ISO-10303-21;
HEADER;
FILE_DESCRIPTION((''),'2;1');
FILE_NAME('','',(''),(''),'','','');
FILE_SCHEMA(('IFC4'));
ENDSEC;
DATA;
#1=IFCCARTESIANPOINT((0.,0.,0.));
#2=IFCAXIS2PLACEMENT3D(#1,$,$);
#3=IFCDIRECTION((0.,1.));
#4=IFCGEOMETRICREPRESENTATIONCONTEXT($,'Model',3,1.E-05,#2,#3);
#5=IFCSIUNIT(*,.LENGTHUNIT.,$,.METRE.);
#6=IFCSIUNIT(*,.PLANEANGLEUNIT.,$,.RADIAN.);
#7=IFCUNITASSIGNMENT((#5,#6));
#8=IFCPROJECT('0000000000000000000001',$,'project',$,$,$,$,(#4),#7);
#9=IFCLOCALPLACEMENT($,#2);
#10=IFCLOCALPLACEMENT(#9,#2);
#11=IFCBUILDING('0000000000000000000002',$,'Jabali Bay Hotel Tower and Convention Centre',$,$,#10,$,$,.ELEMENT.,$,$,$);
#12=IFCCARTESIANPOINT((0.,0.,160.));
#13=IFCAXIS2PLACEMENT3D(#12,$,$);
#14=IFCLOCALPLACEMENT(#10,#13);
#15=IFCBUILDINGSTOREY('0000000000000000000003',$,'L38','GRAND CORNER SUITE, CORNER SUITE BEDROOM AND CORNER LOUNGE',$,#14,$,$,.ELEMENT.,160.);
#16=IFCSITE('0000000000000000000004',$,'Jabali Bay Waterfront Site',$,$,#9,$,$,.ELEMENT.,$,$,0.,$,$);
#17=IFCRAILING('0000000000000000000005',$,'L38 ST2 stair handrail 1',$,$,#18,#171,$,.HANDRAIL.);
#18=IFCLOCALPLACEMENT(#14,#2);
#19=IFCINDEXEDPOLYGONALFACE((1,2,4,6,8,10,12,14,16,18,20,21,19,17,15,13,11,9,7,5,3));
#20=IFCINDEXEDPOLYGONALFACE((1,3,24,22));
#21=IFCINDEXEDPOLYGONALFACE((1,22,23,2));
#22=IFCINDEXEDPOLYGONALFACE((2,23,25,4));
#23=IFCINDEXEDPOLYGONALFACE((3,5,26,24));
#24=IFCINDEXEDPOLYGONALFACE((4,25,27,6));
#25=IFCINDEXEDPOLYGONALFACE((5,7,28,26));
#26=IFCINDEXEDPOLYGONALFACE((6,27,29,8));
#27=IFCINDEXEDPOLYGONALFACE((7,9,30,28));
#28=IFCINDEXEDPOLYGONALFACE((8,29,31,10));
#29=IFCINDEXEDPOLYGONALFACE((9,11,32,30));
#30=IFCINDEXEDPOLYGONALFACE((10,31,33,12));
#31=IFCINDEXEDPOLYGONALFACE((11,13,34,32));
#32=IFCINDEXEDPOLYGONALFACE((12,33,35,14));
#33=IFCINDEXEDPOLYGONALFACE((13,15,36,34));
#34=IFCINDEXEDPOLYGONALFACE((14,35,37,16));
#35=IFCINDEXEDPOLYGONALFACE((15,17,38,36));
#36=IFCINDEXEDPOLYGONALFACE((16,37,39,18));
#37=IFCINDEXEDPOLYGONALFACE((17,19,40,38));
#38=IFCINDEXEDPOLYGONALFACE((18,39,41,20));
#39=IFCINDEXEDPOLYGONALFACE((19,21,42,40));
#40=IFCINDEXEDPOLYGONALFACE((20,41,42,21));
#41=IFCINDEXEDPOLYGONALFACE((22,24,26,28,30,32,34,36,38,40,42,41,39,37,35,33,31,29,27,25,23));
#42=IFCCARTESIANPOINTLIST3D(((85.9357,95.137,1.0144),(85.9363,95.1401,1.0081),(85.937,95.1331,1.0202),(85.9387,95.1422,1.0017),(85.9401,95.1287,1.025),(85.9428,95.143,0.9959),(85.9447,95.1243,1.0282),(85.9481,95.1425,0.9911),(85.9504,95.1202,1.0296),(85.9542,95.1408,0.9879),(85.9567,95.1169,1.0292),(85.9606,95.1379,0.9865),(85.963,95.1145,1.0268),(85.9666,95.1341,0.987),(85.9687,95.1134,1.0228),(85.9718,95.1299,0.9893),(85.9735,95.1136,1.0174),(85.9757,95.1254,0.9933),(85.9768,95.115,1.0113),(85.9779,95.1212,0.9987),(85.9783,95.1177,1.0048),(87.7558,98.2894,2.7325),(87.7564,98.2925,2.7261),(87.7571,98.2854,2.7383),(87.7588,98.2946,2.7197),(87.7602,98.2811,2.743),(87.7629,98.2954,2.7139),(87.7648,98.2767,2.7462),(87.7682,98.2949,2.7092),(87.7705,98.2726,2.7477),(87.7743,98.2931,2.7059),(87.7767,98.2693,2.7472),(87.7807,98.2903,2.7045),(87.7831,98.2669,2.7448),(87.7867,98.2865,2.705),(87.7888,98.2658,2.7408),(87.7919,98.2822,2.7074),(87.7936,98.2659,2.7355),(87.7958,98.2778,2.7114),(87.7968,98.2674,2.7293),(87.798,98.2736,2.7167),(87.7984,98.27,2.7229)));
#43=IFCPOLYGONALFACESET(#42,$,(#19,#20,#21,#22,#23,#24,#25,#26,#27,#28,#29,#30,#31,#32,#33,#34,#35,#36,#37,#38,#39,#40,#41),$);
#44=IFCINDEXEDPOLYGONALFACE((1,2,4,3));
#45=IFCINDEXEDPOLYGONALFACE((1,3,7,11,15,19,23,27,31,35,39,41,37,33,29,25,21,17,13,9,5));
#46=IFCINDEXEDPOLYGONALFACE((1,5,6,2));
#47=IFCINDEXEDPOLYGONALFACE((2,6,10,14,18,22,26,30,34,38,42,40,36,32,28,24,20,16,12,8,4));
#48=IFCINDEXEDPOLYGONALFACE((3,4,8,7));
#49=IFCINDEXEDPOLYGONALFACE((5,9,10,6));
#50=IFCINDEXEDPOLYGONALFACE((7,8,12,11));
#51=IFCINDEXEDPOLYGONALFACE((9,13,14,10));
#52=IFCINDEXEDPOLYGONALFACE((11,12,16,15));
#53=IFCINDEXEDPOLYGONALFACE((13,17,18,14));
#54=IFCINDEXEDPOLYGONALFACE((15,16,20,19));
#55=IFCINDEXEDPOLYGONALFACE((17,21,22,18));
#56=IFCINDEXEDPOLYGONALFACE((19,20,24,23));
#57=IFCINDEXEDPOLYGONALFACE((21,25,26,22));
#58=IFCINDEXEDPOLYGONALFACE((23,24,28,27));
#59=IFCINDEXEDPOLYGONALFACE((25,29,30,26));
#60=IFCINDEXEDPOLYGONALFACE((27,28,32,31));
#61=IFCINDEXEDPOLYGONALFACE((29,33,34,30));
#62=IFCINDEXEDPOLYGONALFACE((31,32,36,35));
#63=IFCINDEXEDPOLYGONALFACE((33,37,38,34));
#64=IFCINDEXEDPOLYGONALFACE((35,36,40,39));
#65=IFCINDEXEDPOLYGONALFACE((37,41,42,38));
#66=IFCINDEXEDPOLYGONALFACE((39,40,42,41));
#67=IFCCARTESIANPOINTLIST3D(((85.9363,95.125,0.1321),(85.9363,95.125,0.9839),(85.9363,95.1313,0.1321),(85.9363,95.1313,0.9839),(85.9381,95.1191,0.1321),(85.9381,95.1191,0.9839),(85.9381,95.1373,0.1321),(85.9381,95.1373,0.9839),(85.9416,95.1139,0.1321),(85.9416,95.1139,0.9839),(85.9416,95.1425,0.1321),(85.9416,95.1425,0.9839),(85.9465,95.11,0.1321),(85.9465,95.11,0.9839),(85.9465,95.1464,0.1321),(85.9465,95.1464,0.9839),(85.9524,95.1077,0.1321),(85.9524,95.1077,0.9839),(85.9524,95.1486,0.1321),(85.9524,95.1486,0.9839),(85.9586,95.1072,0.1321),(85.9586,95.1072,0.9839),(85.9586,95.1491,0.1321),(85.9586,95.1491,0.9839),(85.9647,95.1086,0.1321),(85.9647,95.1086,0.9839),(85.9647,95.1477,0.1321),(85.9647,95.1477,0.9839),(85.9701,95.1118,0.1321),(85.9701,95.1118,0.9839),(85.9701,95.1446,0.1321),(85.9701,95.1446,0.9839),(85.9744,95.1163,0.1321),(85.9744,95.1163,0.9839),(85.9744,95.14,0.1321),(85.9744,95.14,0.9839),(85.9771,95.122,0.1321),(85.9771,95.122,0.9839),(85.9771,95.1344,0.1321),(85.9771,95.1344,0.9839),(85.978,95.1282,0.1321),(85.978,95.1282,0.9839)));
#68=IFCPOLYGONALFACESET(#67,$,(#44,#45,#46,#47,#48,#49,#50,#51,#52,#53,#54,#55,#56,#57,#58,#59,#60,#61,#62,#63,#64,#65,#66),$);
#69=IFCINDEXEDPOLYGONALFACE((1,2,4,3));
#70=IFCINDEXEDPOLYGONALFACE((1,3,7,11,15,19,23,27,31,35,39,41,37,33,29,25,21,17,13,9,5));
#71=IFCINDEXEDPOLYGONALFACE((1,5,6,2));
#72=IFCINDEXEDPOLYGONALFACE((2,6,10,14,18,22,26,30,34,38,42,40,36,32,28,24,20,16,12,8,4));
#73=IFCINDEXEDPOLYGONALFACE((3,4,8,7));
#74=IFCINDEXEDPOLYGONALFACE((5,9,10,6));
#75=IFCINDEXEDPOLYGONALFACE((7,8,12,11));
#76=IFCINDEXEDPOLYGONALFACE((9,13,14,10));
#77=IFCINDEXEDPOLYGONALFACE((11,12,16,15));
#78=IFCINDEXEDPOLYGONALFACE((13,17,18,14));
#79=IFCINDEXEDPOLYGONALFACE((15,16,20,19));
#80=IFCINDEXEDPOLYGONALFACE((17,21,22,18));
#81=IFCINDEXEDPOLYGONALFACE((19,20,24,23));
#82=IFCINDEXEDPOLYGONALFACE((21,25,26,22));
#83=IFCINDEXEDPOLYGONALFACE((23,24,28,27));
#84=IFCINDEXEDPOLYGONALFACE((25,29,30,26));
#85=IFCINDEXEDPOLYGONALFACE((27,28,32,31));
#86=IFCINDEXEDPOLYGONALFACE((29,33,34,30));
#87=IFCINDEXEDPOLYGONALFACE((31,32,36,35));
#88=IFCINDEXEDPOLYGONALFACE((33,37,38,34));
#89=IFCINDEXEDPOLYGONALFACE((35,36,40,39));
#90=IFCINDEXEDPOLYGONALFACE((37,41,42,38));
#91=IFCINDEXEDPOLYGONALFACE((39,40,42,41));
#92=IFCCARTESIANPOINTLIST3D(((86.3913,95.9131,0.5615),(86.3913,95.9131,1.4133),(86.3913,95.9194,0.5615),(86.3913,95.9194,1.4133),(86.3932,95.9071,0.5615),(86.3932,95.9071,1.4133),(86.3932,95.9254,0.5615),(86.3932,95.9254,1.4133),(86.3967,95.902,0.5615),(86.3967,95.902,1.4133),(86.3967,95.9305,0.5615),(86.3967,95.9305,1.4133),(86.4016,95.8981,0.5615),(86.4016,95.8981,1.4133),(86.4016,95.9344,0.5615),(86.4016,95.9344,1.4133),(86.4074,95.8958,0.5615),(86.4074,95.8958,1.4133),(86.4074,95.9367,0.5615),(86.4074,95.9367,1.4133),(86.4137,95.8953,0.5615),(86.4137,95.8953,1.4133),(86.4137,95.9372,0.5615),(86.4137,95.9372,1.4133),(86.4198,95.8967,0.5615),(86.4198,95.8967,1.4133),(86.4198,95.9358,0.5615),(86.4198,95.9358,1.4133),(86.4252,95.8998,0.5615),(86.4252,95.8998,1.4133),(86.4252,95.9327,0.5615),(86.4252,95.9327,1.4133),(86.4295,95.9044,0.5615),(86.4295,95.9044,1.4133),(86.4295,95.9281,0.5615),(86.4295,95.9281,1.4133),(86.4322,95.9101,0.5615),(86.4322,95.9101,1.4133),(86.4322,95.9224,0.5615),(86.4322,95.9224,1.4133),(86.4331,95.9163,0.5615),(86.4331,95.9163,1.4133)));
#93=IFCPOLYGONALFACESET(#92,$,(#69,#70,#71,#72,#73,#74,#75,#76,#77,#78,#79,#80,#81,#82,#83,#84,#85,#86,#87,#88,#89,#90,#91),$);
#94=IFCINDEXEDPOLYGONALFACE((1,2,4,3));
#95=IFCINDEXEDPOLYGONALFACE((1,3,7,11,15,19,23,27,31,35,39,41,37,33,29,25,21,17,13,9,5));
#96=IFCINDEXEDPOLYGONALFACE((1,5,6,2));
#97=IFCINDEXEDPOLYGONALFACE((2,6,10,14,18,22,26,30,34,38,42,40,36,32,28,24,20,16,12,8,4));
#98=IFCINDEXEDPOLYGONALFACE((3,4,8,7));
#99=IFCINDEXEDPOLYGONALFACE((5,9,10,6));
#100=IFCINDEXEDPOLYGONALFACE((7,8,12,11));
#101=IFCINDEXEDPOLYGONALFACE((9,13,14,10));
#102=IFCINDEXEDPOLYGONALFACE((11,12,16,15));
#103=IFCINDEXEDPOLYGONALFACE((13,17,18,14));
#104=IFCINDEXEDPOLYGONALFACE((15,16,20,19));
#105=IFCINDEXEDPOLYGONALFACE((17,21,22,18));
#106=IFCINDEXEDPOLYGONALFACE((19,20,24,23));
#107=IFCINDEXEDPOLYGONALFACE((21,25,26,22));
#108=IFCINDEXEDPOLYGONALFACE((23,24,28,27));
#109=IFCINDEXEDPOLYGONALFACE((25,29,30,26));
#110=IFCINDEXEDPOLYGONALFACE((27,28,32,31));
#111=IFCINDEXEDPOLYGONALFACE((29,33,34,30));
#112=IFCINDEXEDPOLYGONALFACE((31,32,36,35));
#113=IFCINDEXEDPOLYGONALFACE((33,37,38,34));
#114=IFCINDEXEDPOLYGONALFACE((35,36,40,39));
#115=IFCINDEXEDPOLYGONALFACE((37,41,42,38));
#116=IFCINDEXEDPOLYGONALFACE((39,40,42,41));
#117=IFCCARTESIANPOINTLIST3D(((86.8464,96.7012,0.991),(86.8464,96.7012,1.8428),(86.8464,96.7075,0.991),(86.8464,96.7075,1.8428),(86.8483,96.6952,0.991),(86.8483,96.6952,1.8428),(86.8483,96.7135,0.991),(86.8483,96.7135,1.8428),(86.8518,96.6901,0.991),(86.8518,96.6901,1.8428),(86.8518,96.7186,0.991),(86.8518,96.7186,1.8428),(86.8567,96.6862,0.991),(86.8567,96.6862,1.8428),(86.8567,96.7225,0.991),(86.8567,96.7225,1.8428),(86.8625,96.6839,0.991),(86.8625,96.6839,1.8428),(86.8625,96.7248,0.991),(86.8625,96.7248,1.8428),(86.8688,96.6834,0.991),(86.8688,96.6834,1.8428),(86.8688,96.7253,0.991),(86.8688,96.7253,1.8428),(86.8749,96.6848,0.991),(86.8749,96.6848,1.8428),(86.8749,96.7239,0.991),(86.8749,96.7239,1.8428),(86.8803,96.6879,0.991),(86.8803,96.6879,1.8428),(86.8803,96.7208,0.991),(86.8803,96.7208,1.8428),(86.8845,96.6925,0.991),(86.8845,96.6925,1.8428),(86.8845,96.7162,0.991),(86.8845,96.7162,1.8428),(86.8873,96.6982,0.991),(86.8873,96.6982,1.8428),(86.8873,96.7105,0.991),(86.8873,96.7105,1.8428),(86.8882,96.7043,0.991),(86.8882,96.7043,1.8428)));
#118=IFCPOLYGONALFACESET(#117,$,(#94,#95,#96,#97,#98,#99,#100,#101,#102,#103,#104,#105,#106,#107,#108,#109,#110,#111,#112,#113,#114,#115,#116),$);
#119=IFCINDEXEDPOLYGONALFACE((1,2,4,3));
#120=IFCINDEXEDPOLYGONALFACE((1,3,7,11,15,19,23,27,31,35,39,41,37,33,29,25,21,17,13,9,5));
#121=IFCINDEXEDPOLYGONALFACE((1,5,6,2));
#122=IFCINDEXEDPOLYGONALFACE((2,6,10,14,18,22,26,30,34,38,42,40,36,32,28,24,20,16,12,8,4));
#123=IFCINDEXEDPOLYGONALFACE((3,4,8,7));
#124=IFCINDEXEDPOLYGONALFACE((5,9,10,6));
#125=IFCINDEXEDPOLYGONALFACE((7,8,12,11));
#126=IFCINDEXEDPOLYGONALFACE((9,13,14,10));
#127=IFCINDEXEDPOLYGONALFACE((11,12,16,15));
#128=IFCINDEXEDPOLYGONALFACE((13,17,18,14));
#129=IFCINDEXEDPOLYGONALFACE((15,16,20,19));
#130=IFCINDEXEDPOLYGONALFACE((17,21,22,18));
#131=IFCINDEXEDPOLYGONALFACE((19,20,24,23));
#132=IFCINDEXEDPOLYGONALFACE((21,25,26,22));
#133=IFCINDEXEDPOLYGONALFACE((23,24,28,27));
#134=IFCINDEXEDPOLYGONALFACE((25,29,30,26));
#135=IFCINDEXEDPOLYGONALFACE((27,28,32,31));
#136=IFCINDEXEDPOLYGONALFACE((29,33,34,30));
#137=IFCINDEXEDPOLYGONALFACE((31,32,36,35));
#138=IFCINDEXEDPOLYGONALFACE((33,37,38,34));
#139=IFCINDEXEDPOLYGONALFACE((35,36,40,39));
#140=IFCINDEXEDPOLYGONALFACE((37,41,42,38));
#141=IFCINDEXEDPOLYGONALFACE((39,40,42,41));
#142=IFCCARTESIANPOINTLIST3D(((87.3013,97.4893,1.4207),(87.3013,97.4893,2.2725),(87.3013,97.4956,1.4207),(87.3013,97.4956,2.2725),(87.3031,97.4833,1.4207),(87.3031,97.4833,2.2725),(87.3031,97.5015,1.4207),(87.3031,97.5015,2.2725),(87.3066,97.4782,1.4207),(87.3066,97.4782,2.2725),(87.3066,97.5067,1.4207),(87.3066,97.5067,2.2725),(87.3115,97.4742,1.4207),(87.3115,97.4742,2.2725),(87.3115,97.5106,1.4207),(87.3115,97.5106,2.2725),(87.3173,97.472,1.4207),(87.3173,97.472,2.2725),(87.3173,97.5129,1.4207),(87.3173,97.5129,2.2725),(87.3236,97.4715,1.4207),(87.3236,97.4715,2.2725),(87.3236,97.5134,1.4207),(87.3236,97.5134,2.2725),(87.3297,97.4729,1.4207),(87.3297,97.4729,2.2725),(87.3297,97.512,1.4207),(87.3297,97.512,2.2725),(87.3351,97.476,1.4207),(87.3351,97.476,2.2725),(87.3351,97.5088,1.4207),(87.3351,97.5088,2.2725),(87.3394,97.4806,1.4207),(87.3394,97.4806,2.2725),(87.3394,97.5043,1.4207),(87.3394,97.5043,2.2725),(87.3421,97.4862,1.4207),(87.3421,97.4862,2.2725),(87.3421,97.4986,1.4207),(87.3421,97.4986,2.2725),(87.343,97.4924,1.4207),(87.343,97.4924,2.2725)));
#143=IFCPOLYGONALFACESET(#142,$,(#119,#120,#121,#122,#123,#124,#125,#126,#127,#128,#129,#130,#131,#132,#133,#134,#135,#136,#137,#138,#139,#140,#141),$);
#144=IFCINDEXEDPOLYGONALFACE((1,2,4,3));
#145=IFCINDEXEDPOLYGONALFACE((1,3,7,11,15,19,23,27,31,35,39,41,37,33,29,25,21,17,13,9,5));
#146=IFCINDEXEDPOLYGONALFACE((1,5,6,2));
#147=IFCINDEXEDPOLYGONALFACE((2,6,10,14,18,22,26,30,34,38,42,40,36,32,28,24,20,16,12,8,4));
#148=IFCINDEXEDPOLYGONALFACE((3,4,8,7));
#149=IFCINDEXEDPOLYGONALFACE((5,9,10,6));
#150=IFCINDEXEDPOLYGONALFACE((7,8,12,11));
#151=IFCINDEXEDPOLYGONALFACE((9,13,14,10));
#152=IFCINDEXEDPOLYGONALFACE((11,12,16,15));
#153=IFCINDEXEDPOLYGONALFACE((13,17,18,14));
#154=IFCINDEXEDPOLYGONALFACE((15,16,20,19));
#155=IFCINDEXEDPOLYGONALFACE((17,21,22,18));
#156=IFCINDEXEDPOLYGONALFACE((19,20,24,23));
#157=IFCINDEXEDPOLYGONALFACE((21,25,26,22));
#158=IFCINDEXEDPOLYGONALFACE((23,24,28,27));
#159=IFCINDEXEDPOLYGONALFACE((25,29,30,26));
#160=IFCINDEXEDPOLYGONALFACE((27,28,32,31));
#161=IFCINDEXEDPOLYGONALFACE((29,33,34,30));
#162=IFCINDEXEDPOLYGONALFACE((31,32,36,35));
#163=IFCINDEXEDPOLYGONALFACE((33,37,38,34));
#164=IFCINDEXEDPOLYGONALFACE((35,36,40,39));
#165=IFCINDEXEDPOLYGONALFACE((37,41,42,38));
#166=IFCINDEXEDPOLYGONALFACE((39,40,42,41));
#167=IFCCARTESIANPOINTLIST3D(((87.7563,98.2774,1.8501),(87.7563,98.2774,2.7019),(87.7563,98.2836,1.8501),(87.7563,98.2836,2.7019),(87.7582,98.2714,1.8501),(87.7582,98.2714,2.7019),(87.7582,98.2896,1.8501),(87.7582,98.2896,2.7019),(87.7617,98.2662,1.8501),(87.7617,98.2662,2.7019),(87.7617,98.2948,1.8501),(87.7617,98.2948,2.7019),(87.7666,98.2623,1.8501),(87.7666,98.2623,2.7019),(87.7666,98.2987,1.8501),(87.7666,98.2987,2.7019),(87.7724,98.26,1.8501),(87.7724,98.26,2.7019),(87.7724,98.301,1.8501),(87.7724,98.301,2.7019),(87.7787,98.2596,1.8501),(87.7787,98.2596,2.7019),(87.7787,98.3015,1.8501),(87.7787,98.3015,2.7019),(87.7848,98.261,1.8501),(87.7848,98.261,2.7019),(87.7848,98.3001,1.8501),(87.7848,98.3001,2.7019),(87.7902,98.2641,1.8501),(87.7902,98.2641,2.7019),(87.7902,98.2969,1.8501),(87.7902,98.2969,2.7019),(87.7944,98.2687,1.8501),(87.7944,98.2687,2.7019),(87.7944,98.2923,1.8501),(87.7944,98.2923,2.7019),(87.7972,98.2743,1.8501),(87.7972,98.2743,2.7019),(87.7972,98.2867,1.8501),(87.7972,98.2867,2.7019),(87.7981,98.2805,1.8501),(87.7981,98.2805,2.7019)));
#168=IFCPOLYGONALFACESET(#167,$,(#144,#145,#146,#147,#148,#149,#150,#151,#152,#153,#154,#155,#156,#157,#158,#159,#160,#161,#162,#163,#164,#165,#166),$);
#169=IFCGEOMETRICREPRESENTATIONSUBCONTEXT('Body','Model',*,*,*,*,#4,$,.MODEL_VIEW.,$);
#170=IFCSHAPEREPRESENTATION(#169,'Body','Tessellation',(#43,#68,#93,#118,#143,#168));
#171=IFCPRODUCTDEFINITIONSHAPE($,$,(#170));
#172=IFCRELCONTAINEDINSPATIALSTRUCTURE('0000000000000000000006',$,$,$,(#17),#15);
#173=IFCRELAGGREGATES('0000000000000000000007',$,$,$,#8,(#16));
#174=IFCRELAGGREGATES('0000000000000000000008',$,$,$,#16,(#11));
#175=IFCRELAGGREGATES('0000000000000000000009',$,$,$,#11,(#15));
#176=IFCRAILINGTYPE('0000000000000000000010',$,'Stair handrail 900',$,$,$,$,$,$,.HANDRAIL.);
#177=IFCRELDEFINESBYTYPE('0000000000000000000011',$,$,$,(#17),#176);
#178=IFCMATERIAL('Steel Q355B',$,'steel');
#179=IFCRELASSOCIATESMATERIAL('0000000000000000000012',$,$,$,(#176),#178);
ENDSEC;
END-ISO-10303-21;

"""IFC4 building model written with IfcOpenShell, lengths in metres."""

from ifc_helpers import new_model, si_unit, direction, frame, origin, origin_2d, place, context, subcontext, project, spatial, circle, extrude, material, type_object, element, save


model = new_model("IFC4")

# Units and contexts
model_context = context("Model", 3, precision=1e-05, world=origin(), true_north=direction((0.0, 1.0)))
body_context = subcontext(model_context, "Body", "Model", "MODEL_VIEW")
ifc_project = project(units=[si_unit("LENGTHUNIT", "METRE"), si_unit("PLANEANGLEUNIT", "RADIAN")], contexts=[model_context])

# Site, building, storey
site_placement = place(None, origin())
site = spatial("IfcSite", under=ifc_project, at=site_placement, Name="Jabali Bay Waterfront Site", CompositionType="ELEMENT", RefElevation=0.0)
building_placement = place(site_placement, origin())
building = spatial("IfcBuilding", under=site, at=building_placement, Name="Jabali Bay Hotel Tower and Convention Centre", CompositionType="ELEMENT")
storey_placement = place(building_placement, frame((0.0, 0.0, 160.0)))
storey = spatial("IfcBuildingStorey", under=building, at=storey_placement, Name="L38", Description="GRAND CORNER SUITE, CORNER SUITE BEDROOM AND CORNER LOUNGE", CompositionType="ELEMENT", Elevation=160.0)

# Railing
ifc_material_1 = material(Name="Steel Q355B", Category="steel")
railing_type_1 = type_object("IfcRailingType", Name="Stair handrail 900", PredefinedType="HANDRAIL", material=ifc_material_1)
railing_1_placement = place(storey_placement, frame((85.957, 95.1282, 0.1321)))
element("IfcRailing", 1, at=railing_1_placement, inside=storey, type_object=railing_type_1, Name="L38 ST2 stair handrail 1", PredefinedType="HANDRAIL", context=body_context, shape_type="SweptSolid", body=[
    extrude(circle(Radius=0.0239, at=origin_2d()), frame((0.0, 0.0, 0.876), z_axis=(0.452179, 0.78317, 0.426825), x_axis=(-0.866018, 0.500013, 0.0)), (0.0, 0.0, 1.0), 4.0251),
    extrude(circle(Radius=0.021, at=origin_2d()), origin(), (0.0, 0.0, 1.0), 0.8518),
    extrude(circle(Radius=0.021, at=origin_2d()), frame((0.4551, 0.7881, 0.4294)), (0.0, 0.0, 1.0), 0.8518),
    extrude(circle(Radius=0.021, at=origin_2d()), frame((0.9102, 1.5762, 0.8589)), (0.0, 0.0, 1.0), 0.8518),
    extrude(circle(Radius=0.021, at=origin_2d()), frame((1.365, 2.3643, 1.2886)), (0.0, 0.0, 1.0), 0.8518),
    extrude(circle(Radius=0.021, at=origin_2d()), frame((1.8201, 3.1523, 1.718)), (0.0, 0.0, 1.0), 0.8518),
])

save(model, "model.ifc")
